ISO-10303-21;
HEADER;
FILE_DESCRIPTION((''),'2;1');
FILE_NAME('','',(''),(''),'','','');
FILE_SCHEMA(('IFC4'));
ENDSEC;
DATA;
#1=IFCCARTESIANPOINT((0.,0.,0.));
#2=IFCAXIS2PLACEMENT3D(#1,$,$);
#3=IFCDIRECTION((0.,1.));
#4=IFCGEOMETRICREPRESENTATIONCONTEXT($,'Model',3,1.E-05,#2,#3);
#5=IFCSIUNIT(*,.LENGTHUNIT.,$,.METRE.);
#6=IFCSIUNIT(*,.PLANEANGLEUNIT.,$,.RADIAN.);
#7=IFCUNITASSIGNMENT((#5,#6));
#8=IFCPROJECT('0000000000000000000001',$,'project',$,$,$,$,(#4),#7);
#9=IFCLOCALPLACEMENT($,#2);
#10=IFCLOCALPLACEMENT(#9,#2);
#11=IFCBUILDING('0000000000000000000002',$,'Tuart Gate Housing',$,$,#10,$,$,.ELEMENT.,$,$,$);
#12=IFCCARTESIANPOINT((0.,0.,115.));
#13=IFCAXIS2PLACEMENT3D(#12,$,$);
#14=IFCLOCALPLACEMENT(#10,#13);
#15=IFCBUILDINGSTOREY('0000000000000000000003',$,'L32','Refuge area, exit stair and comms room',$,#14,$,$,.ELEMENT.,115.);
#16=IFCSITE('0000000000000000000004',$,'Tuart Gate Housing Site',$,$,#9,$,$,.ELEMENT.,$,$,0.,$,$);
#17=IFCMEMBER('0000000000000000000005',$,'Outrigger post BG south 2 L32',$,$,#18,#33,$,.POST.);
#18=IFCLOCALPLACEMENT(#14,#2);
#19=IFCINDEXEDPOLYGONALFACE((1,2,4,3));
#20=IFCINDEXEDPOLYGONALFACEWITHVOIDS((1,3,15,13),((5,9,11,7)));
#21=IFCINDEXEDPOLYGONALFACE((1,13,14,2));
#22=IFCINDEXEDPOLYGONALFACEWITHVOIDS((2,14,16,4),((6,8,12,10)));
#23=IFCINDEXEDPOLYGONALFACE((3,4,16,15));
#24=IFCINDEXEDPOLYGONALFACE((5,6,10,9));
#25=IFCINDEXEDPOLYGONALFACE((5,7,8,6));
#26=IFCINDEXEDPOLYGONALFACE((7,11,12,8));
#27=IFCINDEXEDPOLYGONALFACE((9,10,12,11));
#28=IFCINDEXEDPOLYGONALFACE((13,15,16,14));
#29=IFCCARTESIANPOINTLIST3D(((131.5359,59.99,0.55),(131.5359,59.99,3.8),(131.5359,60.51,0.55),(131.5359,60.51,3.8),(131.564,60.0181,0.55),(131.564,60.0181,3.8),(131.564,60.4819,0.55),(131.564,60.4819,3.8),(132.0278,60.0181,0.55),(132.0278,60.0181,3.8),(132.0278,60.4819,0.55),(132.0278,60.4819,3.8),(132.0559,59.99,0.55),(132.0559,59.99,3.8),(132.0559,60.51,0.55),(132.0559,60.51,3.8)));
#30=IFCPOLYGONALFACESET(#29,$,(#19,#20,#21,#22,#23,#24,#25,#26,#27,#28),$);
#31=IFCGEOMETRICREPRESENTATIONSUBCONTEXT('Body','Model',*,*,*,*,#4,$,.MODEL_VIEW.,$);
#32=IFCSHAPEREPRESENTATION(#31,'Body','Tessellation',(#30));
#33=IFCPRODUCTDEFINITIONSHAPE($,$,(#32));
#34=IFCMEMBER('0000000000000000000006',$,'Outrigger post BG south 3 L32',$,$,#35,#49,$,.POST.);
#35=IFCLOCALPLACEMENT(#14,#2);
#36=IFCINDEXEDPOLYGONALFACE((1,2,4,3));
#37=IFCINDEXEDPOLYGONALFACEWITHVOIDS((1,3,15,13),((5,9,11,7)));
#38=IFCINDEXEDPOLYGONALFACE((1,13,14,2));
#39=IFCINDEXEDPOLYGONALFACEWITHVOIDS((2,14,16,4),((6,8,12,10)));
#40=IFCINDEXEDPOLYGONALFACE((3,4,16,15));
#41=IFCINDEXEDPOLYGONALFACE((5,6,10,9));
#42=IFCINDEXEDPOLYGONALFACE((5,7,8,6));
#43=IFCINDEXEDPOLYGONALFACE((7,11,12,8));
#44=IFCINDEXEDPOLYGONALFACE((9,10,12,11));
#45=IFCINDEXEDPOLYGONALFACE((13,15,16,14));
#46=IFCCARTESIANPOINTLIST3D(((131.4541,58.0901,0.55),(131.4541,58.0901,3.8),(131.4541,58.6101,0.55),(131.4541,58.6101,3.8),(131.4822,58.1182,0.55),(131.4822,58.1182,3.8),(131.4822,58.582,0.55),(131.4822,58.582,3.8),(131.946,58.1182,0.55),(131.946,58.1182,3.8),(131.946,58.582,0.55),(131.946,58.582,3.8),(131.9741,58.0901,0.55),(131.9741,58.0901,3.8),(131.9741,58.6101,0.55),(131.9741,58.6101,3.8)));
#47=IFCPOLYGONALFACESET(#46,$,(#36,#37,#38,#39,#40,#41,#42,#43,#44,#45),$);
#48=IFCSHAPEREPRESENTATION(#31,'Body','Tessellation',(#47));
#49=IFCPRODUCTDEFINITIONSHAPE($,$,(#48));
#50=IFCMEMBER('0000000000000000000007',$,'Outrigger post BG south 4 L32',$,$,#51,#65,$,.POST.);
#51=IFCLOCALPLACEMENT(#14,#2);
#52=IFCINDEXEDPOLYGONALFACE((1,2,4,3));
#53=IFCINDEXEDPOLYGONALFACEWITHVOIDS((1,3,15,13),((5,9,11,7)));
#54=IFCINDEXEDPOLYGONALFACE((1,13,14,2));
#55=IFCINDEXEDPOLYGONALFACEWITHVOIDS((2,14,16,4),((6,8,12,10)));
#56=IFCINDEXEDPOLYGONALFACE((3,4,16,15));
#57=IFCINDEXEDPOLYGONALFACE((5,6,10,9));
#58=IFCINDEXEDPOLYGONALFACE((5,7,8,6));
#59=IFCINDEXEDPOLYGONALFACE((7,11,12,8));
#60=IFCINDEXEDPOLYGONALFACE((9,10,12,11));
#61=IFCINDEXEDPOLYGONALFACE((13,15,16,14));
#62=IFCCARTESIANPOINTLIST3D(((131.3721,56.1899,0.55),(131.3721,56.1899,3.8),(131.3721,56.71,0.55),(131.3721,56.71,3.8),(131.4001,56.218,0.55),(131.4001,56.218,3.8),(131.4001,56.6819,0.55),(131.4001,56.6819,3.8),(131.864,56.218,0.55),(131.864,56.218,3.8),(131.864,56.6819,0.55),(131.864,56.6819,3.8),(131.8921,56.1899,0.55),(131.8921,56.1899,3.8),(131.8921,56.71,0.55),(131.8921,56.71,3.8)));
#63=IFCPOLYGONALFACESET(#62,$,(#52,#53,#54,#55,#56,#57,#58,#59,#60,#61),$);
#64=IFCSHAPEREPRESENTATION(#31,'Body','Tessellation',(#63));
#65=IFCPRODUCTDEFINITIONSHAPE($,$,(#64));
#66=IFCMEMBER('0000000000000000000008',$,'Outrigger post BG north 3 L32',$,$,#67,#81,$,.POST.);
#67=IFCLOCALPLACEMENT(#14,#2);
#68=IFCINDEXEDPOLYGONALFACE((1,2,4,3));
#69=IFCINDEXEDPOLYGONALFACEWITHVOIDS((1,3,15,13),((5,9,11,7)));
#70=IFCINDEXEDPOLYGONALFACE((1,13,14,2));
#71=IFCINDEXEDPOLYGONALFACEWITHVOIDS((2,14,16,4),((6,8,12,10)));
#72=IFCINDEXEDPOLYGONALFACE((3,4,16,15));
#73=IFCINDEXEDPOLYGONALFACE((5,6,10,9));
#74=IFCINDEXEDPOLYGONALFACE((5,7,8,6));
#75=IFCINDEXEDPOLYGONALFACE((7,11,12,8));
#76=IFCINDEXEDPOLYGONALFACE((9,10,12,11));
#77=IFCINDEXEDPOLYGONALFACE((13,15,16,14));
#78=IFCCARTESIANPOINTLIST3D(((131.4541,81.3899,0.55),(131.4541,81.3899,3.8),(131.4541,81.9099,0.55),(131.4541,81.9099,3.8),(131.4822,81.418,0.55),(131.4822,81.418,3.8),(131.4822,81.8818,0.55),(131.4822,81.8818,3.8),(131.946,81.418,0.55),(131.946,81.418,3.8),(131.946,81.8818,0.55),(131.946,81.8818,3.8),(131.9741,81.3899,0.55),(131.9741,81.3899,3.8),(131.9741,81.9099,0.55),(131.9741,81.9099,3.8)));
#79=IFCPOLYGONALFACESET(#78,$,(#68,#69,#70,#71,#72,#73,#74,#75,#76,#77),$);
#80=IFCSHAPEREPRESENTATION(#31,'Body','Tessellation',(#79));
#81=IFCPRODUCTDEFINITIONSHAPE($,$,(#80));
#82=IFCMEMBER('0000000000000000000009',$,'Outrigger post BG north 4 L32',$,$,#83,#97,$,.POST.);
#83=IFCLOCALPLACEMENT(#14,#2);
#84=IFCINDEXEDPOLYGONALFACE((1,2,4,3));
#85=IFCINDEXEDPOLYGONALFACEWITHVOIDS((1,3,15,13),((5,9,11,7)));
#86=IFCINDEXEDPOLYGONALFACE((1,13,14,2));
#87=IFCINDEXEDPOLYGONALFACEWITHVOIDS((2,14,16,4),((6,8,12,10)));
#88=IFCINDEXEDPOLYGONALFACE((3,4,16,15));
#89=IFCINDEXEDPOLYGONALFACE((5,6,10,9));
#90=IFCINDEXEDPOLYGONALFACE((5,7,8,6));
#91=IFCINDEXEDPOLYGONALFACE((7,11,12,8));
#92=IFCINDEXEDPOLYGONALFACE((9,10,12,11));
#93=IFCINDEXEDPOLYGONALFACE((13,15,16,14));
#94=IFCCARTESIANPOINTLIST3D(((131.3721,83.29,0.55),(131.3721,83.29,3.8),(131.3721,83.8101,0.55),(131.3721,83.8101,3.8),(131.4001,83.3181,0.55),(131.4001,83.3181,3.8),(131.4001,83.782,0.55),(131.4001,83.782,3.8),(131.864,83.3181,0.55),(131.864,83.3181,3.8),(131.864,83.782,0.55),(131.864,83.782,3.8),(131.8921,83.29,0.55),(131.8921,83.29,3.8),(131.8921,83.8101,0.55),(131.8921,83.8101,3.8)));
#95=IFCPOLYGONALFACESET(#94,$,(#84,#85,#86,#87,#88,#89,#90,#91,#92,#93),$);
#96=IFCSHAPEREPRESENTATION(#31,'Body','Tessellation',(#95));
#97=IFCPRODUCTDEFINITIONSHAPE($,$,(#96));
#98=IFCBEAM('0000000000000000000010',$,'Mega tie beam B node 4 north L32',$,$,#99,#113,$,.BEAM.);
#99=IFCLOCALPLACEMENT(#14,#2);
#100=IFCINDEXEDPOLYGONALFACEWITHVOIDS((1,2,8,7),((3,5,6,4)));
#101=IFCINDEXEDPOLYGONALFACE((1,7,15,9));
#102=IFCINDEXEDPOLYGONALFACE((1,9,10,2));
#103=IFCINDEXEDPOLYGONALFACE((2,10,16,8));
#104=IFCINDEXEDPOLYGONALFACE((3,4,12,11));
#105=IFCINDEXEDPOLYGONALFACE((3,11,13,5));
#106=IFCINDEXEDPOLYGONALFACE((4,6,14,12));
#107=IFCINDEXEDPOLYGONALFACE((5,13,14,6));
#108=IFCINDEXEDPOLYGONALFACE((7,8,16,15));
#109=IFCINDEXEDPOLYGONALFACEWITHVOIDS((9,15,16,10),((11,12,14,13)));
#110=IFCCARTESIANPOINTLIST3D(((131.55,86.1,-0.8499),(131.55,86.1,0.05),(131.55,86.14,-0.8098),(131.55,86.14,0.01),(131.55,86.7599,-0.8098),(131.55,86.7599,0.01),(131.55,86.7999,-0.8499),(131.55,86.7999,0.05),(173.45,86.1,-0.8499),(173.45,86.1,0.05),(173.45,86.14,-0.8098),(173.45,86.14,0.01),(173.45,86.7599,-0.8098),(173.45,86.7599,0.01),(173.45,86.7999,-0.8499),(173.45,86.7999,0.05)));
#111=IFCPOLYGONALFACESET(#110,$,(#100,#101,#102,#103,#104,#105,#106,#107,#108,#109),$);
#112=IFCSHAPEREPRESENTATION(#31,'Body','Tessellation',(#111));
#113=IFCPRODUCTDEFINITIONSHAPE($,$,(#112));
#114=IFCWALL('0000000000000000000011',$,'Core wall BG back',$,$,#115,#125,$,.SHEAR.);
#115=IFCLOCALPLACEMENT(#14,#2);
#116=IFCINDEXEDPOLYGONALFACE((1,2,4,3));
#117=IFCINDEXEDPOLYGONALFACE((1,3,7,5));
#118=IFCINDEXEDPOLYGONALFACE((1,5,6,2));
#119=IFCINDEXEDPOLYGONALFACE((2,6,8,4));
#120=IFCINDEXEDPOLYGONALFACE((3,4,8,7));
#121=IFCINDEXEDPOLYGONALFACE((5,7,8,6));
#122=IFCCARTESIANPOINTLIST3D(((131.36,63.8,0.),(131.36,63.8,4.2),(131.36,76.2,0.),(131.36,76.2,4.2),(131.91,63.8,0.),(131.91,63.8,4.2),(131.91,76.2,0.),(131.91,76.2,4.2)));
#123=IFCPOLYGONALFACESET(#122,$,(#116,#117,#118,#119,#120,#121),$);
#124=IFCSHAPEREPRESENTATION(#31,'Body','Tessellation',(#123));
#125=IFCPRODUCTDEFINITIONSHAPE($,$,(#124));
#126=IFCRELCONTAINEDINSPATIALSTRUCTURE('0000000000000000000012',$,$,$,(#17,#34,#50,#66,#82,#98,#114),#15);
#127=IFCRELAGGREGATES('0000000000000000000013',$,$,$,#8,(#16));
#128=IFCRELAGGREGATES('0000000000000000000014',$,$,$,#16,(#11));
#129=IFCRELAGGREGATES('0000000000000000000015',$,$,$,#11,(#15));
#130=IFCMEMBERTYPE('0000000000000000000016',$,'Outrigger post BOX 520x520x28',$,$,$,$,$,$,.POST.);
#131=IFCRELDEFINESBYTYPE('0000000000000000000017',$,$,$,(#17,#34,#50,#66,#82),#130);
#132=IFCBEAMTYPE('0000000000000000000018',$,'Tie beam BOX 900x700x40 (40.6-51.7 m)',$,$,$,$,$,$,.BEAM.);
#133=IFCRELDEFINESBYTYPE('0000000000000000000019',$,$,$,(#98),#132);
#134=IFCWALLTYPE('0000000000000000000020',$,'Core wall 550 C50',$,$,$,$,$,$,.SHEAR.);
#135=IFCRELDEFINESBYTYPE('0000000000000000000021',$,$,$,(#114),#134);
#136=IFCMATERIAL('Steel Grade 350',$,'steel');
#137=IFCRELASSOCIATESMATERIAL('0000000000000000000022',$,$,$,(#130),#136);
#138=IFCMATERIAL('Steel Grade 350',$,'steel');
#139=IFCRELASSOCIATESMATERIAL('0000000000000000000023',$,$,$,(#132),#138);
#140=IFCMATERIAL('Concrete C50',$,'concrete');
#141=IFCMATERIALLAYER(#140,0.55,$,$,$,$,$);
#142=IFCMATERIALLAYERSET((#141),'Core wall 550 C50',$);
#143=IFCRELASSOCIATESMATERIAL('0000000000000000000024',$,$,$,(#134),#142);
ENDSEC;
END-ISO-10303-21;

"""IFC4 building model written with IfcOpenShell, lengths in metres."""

from ifc_helpers import new_model, si_unit, direction, frame, frame_2d, origin, origin_2d, place, context, subcontext, project, spatial, rectangle, hollow_rectangle, extrude, material, layer, layer_set, material_profile, profile_set, type_object, element, save


model = new_model("IFC4")

# Units and contexts
model_context = context("Model", 3, precision=1e-05, world=origin(), true_north=direction((0.0, 1.0)))
body_context = subcontext(model_context, "Body", "Model", "MODEL_VIEW")
ifc_project = project(units=[si_unit("LENGTHUNIT", "METRE"), si_unit("PLANEANGLEUNIT", "RADIAN")], contexts=[model_context])

# Site, building, storey
site_placement = place(None, origin())
site = spatial("IfcSite", under=ifc_project, at=site_placement, Name="Tuart Gate Housing Site", CompositionType="ELEMENT", RefElevation=0.0)
building_placement = place(site_placement, origin())
building = spatial("IfcBuilding", under=site, at=building_placement, Name="Tuart Gate Housing", CompositionType="ELEMENT")
storey_placement = place(building_placement, frame((0.0, 0.0, 115.0)))
storey = spatial("IfcBuildingStorey", under=building, at=storey_placement, Name="L32", Description="Refuge area, exit stair and comms room", CompositionType="ELEMENT", Elevation=115.0)

# Members
ifc_material_1 = material(Name="Steel Grade 350", Category="steel")
ifc_material_profile_1 = material_profile(ifc_material_1, hollow_rectangle(XDim=0.52, YDim=0.52, WallThickness=0.0281, at=origin_2d()), Name="BOX 520x520x28")
ifc_profile_set_1 = profile_set([ifc_material_profile_1], Name="Steel Grade 350")
member_type_1 = type_object("IfcMemberType", Name="Outrigger post BOX 520x520x28", PredefinedType="POST", material=ifc_profile_set_1)
for number, where, z_axis, x_axis, name in (
    (1, (131.7959, 60.25, 0.55), (0.0, 0.0, 1.0), (1.0, 0.0, 0.0), "Outrigger post BG south 2 L32"),
    (2, (131.7141, 58.3501, 0.55), (0.0, 0.0, 1.0), (1.0, 0.0, 0.0), "Outrigger post BG south 3 L32"),
    (3, (131.6321, 56.45, 0.55), (0.0, 0.0, 1.0), (1.0, 0.0, 0.0), "Outrigger post BG south 4 L32"),
    (4, (131.7141, 81.6499, 0.55), (0.0, 0.0, 1.0), (1.0, 0.0, 0.0), "Outrigger post BG north 3 L32"),
    (5, (131.6321, 83.55, 0.55), (0.0, 0.0, 1.0), (1.0, 0.0, 0.0), "Outrigger post BG north 4 L32"),
):
    element("IfcMember", number, at=place(storey_placement, frame(where, z_axis=z_axis, x_axis=x_axis)), inside=storey, type_object=member_type_1, Name=name, PredefinedType="POST", context=body_context, shape_type="SweptSolid", body=[
        extrude(hollow_rectangle(XDim=0.52, YDim=0.52, WallThickness=0.0281, at=origin_2d()), origin(), (0.0, 0.0, 1.0), 3.25),
    ])

# Beam
ifc_material_2 = material(Name="Steel Grade 350", Category="steel")
ifc_material_profile_2 = material_profile(ifc_material_2, hollow_rectangle(XDim=0.7, YDim=0.8999, WallThickness=0.04, at=origin_2d()), Name="BOX 900x700x40")
ifc_profile_set_2 = profile_set([ifc_material_profile_2], Name="Steel Grade 350")
beam_type_1 = type_object("IfcBeamType", Name="Tie beam BOX 900x700x40 (40.6-51.7 m)", PredefinedType="BEAM", material=ifc_profile_set_2)
beam_placement = place(storey_placement, frame((131.55, 86.45, -0.3999), z_axis=(1.0, 0.0, 0.0), x_axis=(0.0, 1.0, 0.0)))
element("IfcBeam", 6, at=beam_placement, inside=storey, type_object=beam_type_1, Name="Mega tie beam B node 4 north L32", PredefinedType="BEAM", context=body_context, shape_type="SweptSolid", body=[
    extrude(hollow_rectangle(XDim=0.7, YDim=0.8999, WallThickness=0.04, at=origin_2d()), origin(), (0.0, 0.0, 1.0), 41.8999),
])

# Wall
ifc_material_3 = material(Name="Concrete C50", Category="concrete")
ifc_layer = layer(ifc_material_3, 0.55)
ifc_layer_set = layer_set([ifc_layer], Name="Core wall 550 C50")
wall_type = type_object("IfcWallType", Name="Core wall 550 C50", PredefinedType="SHEAR", material=ifc_layer_set)
wall_placement = place(storey_placement, frame((131.635, 63.8, 0.0), z_axis=(0.0, 0.0, 1.0), x_axis=(0.0, 1.0, 0.0)))
element("IfcWall", 7, at=wall_placement, inside=storey, type_object=wall_type, Name="Core wall BG back", PredefinedType="SHEAR", context=body_context, shape_type="SweptSolid", body=[
    extrude(rectangle(XDim=12.3999, YDim=0.55, at=frame_2d((6.2, 0.0))), origin(), (0.0, 0.0, 1.0), 4.2),
])

save(model, "model.ifc")
